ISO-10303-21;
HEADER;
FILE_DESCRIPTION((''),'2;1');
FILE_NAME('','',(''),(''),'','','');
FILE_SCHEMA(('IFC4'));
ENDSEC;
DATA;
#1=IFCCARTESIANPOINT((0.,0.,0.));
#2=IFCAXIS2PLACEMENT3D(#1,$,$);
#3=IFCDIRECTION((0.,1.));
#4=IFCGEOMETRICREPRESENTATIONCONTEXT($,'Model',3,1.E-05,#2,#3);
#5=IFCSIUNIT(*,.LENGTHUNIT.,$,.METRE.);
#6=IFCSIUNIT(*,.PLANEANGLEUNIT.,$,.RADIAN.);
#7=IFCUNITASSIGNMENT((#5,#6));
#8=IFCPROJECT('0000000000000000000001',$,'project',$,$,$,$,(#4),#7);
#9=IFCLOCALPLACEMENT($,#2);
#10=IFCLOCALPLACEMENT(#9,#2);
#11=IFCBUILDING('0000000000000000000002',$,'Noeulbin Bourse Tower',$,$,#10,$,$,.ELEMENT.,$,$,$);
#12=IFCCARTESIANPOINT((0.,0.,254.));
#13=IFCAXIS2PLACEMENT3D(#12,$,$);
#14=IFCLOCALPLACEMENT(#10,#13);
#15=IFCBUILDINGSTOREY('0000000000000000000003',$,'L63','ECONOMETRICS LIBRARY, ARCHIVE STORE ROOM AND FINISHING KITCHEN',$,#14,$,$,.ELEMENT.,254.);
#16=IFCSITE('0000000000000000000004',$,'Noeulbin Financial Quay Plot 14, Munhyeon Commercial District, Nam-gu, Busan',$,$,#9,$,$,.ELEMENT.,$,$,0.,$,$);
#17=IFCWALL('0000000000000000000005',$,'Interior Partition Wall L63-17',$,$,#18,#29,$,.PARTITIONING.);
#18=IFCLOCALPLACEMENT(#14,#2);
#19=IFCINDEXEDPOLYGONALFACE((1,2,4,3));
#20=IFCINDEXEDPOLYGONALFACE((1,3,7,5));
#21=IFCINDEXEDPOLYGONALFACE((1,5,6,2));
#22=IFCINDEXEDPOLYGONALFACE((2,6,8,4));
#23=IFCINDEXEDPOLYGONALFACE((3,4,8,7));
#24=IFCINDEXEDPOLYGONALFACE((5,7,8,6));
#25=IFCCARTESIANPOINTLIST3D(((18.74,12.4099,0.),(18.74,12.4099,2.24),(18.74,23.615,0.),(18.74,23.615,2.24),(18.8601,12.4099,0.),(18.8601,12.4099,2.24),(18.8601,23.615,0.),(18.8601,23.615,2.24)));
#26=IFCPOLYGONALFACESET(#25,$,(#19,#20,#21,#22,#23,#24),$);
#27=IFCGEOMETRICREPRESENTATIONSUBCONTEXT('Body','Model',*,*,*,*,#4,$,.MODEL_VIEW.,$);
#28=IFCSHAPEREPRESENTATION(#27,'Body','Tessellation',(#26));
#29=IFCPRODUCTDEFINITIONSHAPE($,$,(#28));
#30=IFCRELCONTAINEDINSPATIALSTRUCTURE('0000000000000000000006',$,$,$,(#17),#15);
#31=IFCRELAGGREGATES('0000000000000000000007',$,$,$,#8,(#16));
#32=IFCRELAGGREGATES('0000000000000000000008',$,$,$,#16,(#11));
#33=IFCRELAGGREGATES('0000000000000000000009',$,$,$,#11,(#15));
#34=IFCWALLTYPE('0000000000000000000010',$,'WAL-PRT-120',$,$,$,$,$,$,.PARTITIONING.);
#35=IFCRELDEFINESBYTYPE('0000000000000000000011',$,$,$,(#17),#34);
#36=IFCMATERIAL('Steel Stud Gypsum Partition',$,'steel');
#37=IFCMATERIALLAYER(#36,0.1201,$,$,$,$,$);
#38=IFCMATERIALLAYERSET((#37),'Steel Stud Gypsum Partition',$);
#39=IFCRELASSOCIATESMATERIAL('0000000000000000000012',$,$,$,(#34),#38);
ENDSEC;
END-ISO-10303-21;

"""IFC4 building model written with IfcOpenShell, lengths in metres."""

from ifc_helpers import new_model, si_unit, direction, frame, frame_2d, origin, place, context, subcontext, project, spatial, rectangle, extrude, material, layer, layer_set, type_object, element, save


model = new_model("IFC4")

# Units and contexts
model_context = context("Model", 3, precision=1e-05, world=origin(), true_north=direction((0.0, 1.0)))
body_context = subcontext(model_context, "Body", "Model", "MODEL_VIEW")
ifc_project = project(units=[si_unit("LENGTHUNIT", "METRE"), si_unit("PLANEANGLEUNIT", "RADIAN")], contexts=[model_context])

# Site, building, storey
site_placement = place(None, origin())
site = spatial("IfcSite", under=ifc_project, at=site_placement, Name="Noeulbin Financial Quay Plot 14, Munhyeon Commercial District, Nam-gu, Busan", CompositionType="ELEMENT", RefElevation=0.0)
building_placement = place(site_placement, origin())
building = spatial("IfcBuilding", under=site, at=building_placement, Name="Noeulbin Bourse Tower", CompositionType="ELEMENT")
storey_placement = place(building_placement, frame((0.0, 0.0, 254.0)))
storey = spatial("IfcBuildingStorey", under=building, at=storey_placement, Name="L63", Description="ECONOMETRICS LIBRARY, ARCHIVE STORE ROOM AND FINISHING KITCHEN", CompositionType="ELEMENT", Elevation=254.0)

# Shared definitions
ifc_material_1 = material(Name="Steel Stud Gypsum Partition", Category="steel")
ifc_layer_1 = layer(ifc_material_1, 0.1201)
ifc_layer_set_1 = layer_set([ifc_layer_1], Name="Steel Stud Gypsum Partition")
wall_type = type_object("IfcWallType", Name="WAL-PRT-120", PredefinedType="PARTITIONING", material=ifc_layer_set_1)

# Wall
wall_1_placement = place(storey_placement, frame((18.8, 12.4099, 0.0), z_axis=(0.0, 0.0, 1.0), x_axis=(0.0, 1.0, 0.0)))
element("IfcWall", 1, at=wall_1_placement, inside=storey, type_object=wall_type, Name="Interior Partition Wall L63-17", PredefinedType="PARTITIONING", context=body_context, shape_type="SweptSolid", body=[
    extrude(rectangle(XDim=11.2051, YDim=0.1201, at=frame_2d((5.6025, 0.0))), origin(), (0.0, 0.0, 1.0), 2.24),
])

save(model, "model.ifc")
